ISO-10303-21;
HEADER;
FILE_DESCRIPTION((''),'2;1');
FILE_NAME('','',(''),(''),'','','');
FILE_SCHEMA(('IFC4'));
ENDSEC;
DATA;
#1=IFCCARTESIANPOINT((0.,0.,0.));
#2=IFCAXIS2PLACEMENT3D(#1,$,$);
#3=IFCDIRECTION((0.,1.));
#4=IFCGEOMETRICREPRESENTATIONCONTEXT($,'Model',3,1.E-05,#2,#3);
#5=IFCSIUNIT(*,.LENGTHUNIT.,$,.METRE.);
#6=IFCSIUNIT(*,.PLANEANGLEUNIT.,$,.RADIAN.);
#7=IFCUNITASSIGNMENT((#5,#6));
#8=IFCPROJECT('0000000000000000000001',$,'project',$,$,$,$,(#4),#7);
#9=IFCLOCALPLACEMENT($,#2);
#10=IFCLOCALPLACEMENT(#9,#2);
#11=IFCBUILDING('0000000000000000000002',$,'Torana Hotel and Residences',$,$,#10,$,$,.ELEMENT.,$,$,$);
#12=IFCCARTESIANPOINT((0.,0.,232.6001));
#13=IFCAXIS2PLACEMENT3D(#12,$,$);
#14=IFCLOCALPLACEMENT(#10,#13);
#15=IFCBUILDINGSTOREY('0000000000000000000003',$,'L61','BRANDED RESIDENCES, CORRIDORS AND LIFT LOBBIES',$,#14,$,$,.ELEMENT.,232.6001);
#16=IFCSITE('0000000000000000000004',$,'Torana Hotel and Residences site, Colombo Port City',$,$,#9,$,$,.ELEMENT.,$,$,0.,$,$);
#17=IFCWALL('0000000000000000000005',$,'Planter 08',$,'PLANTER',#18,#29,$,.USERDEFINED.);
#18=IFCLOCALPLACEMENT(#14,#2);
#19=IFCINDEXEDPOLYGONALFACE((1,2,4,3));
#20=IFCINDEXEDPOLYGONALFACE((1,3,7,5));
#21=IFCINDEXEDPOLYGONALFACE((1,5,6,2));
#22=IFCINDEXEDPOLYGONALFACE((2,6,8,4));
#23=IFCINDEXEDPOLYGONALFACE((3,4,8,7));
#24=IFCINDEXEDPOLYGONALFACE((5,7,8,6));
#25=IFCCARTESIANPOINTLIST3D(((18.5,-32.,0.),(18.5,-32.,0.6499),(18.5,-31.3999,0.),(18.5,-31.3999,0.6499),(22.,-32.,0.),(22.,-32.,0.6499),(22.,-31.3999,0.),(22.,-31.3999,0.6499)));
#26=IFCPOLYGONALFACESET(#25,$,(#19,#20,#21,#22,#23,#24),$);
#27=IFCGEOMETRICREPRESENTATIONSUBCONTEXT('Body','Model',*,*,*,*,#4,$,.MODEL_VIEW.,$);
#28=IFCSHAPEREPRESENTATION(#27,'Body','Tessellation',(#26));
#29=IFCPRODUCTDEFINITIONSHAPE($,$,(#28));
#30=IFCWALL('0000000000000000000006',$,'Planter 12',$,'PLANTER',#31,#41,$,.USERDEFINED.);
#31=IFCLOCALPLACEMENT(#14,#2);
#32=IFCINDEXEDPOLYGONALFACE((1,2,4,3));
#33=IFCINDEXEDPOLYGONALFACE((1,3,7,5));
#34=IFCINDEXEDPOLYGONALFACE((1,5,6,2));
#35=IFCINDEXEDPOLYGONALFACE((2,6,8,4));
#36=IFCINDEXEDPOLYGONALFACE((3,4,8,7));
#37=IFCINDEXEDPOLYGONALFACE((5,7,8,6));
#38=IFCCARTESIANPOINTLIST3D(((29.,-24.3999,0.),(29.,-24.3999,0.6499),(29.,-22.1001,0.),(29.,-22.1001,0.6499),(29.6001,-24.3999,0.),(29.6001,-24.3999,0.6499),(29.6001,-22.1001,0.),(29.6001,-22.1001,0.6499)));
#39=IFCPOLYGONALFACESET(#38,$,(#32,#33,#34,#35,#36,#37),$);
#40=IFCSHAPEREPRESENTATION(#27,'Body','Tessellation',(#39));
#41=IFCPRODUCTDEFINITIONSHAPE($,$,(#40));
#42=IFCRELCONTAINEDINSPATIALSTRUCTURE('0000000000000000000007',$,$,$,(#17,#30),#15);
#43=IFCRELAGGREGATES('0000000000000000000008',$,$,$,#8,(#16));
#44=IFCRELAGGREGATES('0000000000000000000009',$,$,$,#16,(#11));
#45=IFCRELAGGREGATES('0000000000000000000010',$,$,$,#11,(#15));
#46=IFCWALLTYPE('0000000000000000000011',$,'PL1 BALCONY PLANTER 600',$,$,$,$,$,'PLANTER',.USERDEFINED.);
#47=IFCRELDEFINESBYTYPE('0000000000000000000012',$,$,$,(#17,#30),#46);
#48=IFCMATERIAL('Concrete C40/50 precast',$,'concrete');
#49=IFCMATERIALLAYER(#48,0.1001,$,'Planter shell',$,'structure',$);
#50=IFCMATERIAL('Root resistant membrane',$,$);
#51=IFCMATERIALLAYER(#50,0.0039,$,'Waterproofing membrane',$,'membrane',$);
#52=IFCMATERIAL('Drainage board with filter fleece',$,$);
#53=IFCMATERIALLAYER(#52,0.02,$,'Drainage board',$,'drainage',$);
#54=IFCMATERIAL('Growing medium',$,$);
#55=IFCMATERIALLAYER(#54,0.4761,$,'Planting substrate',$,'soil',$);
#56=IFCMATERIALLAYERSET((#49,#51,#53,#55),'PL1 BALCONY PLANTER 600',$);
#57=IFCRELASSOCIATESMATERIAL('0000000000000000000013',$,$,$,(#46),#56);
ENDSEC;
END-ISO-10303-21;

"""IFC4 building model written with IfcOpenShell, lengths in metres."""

from ifc_helpers import new_model, si_unit, direction, frame, frame_2d, origin, place, context, subcontext, project, spatial, rectangle, extrude, material, layer, layer_set, type_object, element, save


model = new_model("IFC4")

# Units and contexts
model_context = context("Model", 3, precision=1e-05, world=origin(), true_north=direction((0.0, 1.0)))
body_context = subcontext(model_context, "Body", "Model", "MODEL_VIEW")
ifc_project = project(units=[si_unit("LENGTHUNIT", "METRE"), si_unit("PLANEANGLEUNIT", "RADIAN")], contexts=[model_context])

# Site, building, storey
site_placement = place(None, origin())
site = spatial("IfcSite", under=ifc_project, at=site_placement, Name="Torana Hotel and Residences site, Colombo Port City", CompositionType="ELEMENT", RefElevation=0.0)
building_placement = place(site_placement, origin())
building = spatial("IfcBuilding", under=site, at=building_placement, Name="Torana Hotel and Residences", CompositionType="ELEMENT")
storey_placement = place(building_placement, frame((0.0, 0.0, 232.6001)))
storey = spatial("IfcBuildingStorey", under=building, at=storey_placement, Name="L61", Description="BRANDED RESIDENCES, CORRIDORS AND LIFT LOBBIES", CompositionType="ELEMENT", Elevation=232.6001)

# Walls
ifc_material_1 = material(Name="Concrete C40/50 precast", Category="concrete")
ifc_layer_1 = layer(ifc_material_1, 0.1001, Name="Planter shell", Category="structure")
ifc_material_2 = material(Name="Root resistant membrane")
ifc_layer_2 = layer(ifc_material_2, 0.0039, Name="Waterproofing membrane", Category="membrane")
ifc_material_3 = material(Name="Drainage board with filter fleece")
ifc_layer_3 = layer(ifc_material_3, 0.02, Name="Drainage board", Category="drainage")
ifc_material_4 = material(Name="Growing medium")
ifc_layer_4 = layer(ifc_material_4, 0.4761, Name="Planting substrate", Category="soil")
ifc_layer_set_1 = layer_set([ifc_layer_1, ifc_layer_2, ifc_layer_3, ifc_layer_4], Name="PL1 BALCONY PLANTER 600")
wall_type_1 = type_object("IfcWallType", Name="PL1 BALCONY PLANTER 600", ElementType="PLANTER", PredefinedType="USERDEFINED", material=ifc_layer_set_1)
wall_1_placement = place(storey_placement, frame((22.0, -31.7, 0.0), z_axis=(0.0, 0.0, 1.0), x_axis=(-1.0, 0.0, 0.0)))
element("IfcWall", 1, at=wall_1_placement, inside=storey, type_object=wall_type_1, Name="Planter 08", ObjectType="PLANTER", PredefinedType="USERDEFINED", context=body_context, shape_type="SweptSolid", body=[
    extrude(rectangle(XDim=3.5, YDim=0.6001, at=frame_2d((1.75, 0.0))), origin(), (0.0, 0.0, 1.0), 0.6499),
])
wall_2_placement = place(storey_placement, frame((29.3, -22.1001, 0.0), z_axis=(0.0, 0.0, 1.0), x_axis=(0.0, -1.0, 0.0)))
element("IfcWall", 2, at=wall_2_placement, inside=storey, type_object=wall_type_1, Name="Planter 12", ObjectType="PLANTER", PredefinedType="USERDEFINED", context=body_context, shape_type="SweptSolid", body=[
    extrude(rectangle(XDim=2.2998, YDim=0.6001, at=frame_2d((1.1499, 0.0))), origin(), (0.0, 0.0, 1.0), 0.6499),
])

save(model, "model.ifc")
